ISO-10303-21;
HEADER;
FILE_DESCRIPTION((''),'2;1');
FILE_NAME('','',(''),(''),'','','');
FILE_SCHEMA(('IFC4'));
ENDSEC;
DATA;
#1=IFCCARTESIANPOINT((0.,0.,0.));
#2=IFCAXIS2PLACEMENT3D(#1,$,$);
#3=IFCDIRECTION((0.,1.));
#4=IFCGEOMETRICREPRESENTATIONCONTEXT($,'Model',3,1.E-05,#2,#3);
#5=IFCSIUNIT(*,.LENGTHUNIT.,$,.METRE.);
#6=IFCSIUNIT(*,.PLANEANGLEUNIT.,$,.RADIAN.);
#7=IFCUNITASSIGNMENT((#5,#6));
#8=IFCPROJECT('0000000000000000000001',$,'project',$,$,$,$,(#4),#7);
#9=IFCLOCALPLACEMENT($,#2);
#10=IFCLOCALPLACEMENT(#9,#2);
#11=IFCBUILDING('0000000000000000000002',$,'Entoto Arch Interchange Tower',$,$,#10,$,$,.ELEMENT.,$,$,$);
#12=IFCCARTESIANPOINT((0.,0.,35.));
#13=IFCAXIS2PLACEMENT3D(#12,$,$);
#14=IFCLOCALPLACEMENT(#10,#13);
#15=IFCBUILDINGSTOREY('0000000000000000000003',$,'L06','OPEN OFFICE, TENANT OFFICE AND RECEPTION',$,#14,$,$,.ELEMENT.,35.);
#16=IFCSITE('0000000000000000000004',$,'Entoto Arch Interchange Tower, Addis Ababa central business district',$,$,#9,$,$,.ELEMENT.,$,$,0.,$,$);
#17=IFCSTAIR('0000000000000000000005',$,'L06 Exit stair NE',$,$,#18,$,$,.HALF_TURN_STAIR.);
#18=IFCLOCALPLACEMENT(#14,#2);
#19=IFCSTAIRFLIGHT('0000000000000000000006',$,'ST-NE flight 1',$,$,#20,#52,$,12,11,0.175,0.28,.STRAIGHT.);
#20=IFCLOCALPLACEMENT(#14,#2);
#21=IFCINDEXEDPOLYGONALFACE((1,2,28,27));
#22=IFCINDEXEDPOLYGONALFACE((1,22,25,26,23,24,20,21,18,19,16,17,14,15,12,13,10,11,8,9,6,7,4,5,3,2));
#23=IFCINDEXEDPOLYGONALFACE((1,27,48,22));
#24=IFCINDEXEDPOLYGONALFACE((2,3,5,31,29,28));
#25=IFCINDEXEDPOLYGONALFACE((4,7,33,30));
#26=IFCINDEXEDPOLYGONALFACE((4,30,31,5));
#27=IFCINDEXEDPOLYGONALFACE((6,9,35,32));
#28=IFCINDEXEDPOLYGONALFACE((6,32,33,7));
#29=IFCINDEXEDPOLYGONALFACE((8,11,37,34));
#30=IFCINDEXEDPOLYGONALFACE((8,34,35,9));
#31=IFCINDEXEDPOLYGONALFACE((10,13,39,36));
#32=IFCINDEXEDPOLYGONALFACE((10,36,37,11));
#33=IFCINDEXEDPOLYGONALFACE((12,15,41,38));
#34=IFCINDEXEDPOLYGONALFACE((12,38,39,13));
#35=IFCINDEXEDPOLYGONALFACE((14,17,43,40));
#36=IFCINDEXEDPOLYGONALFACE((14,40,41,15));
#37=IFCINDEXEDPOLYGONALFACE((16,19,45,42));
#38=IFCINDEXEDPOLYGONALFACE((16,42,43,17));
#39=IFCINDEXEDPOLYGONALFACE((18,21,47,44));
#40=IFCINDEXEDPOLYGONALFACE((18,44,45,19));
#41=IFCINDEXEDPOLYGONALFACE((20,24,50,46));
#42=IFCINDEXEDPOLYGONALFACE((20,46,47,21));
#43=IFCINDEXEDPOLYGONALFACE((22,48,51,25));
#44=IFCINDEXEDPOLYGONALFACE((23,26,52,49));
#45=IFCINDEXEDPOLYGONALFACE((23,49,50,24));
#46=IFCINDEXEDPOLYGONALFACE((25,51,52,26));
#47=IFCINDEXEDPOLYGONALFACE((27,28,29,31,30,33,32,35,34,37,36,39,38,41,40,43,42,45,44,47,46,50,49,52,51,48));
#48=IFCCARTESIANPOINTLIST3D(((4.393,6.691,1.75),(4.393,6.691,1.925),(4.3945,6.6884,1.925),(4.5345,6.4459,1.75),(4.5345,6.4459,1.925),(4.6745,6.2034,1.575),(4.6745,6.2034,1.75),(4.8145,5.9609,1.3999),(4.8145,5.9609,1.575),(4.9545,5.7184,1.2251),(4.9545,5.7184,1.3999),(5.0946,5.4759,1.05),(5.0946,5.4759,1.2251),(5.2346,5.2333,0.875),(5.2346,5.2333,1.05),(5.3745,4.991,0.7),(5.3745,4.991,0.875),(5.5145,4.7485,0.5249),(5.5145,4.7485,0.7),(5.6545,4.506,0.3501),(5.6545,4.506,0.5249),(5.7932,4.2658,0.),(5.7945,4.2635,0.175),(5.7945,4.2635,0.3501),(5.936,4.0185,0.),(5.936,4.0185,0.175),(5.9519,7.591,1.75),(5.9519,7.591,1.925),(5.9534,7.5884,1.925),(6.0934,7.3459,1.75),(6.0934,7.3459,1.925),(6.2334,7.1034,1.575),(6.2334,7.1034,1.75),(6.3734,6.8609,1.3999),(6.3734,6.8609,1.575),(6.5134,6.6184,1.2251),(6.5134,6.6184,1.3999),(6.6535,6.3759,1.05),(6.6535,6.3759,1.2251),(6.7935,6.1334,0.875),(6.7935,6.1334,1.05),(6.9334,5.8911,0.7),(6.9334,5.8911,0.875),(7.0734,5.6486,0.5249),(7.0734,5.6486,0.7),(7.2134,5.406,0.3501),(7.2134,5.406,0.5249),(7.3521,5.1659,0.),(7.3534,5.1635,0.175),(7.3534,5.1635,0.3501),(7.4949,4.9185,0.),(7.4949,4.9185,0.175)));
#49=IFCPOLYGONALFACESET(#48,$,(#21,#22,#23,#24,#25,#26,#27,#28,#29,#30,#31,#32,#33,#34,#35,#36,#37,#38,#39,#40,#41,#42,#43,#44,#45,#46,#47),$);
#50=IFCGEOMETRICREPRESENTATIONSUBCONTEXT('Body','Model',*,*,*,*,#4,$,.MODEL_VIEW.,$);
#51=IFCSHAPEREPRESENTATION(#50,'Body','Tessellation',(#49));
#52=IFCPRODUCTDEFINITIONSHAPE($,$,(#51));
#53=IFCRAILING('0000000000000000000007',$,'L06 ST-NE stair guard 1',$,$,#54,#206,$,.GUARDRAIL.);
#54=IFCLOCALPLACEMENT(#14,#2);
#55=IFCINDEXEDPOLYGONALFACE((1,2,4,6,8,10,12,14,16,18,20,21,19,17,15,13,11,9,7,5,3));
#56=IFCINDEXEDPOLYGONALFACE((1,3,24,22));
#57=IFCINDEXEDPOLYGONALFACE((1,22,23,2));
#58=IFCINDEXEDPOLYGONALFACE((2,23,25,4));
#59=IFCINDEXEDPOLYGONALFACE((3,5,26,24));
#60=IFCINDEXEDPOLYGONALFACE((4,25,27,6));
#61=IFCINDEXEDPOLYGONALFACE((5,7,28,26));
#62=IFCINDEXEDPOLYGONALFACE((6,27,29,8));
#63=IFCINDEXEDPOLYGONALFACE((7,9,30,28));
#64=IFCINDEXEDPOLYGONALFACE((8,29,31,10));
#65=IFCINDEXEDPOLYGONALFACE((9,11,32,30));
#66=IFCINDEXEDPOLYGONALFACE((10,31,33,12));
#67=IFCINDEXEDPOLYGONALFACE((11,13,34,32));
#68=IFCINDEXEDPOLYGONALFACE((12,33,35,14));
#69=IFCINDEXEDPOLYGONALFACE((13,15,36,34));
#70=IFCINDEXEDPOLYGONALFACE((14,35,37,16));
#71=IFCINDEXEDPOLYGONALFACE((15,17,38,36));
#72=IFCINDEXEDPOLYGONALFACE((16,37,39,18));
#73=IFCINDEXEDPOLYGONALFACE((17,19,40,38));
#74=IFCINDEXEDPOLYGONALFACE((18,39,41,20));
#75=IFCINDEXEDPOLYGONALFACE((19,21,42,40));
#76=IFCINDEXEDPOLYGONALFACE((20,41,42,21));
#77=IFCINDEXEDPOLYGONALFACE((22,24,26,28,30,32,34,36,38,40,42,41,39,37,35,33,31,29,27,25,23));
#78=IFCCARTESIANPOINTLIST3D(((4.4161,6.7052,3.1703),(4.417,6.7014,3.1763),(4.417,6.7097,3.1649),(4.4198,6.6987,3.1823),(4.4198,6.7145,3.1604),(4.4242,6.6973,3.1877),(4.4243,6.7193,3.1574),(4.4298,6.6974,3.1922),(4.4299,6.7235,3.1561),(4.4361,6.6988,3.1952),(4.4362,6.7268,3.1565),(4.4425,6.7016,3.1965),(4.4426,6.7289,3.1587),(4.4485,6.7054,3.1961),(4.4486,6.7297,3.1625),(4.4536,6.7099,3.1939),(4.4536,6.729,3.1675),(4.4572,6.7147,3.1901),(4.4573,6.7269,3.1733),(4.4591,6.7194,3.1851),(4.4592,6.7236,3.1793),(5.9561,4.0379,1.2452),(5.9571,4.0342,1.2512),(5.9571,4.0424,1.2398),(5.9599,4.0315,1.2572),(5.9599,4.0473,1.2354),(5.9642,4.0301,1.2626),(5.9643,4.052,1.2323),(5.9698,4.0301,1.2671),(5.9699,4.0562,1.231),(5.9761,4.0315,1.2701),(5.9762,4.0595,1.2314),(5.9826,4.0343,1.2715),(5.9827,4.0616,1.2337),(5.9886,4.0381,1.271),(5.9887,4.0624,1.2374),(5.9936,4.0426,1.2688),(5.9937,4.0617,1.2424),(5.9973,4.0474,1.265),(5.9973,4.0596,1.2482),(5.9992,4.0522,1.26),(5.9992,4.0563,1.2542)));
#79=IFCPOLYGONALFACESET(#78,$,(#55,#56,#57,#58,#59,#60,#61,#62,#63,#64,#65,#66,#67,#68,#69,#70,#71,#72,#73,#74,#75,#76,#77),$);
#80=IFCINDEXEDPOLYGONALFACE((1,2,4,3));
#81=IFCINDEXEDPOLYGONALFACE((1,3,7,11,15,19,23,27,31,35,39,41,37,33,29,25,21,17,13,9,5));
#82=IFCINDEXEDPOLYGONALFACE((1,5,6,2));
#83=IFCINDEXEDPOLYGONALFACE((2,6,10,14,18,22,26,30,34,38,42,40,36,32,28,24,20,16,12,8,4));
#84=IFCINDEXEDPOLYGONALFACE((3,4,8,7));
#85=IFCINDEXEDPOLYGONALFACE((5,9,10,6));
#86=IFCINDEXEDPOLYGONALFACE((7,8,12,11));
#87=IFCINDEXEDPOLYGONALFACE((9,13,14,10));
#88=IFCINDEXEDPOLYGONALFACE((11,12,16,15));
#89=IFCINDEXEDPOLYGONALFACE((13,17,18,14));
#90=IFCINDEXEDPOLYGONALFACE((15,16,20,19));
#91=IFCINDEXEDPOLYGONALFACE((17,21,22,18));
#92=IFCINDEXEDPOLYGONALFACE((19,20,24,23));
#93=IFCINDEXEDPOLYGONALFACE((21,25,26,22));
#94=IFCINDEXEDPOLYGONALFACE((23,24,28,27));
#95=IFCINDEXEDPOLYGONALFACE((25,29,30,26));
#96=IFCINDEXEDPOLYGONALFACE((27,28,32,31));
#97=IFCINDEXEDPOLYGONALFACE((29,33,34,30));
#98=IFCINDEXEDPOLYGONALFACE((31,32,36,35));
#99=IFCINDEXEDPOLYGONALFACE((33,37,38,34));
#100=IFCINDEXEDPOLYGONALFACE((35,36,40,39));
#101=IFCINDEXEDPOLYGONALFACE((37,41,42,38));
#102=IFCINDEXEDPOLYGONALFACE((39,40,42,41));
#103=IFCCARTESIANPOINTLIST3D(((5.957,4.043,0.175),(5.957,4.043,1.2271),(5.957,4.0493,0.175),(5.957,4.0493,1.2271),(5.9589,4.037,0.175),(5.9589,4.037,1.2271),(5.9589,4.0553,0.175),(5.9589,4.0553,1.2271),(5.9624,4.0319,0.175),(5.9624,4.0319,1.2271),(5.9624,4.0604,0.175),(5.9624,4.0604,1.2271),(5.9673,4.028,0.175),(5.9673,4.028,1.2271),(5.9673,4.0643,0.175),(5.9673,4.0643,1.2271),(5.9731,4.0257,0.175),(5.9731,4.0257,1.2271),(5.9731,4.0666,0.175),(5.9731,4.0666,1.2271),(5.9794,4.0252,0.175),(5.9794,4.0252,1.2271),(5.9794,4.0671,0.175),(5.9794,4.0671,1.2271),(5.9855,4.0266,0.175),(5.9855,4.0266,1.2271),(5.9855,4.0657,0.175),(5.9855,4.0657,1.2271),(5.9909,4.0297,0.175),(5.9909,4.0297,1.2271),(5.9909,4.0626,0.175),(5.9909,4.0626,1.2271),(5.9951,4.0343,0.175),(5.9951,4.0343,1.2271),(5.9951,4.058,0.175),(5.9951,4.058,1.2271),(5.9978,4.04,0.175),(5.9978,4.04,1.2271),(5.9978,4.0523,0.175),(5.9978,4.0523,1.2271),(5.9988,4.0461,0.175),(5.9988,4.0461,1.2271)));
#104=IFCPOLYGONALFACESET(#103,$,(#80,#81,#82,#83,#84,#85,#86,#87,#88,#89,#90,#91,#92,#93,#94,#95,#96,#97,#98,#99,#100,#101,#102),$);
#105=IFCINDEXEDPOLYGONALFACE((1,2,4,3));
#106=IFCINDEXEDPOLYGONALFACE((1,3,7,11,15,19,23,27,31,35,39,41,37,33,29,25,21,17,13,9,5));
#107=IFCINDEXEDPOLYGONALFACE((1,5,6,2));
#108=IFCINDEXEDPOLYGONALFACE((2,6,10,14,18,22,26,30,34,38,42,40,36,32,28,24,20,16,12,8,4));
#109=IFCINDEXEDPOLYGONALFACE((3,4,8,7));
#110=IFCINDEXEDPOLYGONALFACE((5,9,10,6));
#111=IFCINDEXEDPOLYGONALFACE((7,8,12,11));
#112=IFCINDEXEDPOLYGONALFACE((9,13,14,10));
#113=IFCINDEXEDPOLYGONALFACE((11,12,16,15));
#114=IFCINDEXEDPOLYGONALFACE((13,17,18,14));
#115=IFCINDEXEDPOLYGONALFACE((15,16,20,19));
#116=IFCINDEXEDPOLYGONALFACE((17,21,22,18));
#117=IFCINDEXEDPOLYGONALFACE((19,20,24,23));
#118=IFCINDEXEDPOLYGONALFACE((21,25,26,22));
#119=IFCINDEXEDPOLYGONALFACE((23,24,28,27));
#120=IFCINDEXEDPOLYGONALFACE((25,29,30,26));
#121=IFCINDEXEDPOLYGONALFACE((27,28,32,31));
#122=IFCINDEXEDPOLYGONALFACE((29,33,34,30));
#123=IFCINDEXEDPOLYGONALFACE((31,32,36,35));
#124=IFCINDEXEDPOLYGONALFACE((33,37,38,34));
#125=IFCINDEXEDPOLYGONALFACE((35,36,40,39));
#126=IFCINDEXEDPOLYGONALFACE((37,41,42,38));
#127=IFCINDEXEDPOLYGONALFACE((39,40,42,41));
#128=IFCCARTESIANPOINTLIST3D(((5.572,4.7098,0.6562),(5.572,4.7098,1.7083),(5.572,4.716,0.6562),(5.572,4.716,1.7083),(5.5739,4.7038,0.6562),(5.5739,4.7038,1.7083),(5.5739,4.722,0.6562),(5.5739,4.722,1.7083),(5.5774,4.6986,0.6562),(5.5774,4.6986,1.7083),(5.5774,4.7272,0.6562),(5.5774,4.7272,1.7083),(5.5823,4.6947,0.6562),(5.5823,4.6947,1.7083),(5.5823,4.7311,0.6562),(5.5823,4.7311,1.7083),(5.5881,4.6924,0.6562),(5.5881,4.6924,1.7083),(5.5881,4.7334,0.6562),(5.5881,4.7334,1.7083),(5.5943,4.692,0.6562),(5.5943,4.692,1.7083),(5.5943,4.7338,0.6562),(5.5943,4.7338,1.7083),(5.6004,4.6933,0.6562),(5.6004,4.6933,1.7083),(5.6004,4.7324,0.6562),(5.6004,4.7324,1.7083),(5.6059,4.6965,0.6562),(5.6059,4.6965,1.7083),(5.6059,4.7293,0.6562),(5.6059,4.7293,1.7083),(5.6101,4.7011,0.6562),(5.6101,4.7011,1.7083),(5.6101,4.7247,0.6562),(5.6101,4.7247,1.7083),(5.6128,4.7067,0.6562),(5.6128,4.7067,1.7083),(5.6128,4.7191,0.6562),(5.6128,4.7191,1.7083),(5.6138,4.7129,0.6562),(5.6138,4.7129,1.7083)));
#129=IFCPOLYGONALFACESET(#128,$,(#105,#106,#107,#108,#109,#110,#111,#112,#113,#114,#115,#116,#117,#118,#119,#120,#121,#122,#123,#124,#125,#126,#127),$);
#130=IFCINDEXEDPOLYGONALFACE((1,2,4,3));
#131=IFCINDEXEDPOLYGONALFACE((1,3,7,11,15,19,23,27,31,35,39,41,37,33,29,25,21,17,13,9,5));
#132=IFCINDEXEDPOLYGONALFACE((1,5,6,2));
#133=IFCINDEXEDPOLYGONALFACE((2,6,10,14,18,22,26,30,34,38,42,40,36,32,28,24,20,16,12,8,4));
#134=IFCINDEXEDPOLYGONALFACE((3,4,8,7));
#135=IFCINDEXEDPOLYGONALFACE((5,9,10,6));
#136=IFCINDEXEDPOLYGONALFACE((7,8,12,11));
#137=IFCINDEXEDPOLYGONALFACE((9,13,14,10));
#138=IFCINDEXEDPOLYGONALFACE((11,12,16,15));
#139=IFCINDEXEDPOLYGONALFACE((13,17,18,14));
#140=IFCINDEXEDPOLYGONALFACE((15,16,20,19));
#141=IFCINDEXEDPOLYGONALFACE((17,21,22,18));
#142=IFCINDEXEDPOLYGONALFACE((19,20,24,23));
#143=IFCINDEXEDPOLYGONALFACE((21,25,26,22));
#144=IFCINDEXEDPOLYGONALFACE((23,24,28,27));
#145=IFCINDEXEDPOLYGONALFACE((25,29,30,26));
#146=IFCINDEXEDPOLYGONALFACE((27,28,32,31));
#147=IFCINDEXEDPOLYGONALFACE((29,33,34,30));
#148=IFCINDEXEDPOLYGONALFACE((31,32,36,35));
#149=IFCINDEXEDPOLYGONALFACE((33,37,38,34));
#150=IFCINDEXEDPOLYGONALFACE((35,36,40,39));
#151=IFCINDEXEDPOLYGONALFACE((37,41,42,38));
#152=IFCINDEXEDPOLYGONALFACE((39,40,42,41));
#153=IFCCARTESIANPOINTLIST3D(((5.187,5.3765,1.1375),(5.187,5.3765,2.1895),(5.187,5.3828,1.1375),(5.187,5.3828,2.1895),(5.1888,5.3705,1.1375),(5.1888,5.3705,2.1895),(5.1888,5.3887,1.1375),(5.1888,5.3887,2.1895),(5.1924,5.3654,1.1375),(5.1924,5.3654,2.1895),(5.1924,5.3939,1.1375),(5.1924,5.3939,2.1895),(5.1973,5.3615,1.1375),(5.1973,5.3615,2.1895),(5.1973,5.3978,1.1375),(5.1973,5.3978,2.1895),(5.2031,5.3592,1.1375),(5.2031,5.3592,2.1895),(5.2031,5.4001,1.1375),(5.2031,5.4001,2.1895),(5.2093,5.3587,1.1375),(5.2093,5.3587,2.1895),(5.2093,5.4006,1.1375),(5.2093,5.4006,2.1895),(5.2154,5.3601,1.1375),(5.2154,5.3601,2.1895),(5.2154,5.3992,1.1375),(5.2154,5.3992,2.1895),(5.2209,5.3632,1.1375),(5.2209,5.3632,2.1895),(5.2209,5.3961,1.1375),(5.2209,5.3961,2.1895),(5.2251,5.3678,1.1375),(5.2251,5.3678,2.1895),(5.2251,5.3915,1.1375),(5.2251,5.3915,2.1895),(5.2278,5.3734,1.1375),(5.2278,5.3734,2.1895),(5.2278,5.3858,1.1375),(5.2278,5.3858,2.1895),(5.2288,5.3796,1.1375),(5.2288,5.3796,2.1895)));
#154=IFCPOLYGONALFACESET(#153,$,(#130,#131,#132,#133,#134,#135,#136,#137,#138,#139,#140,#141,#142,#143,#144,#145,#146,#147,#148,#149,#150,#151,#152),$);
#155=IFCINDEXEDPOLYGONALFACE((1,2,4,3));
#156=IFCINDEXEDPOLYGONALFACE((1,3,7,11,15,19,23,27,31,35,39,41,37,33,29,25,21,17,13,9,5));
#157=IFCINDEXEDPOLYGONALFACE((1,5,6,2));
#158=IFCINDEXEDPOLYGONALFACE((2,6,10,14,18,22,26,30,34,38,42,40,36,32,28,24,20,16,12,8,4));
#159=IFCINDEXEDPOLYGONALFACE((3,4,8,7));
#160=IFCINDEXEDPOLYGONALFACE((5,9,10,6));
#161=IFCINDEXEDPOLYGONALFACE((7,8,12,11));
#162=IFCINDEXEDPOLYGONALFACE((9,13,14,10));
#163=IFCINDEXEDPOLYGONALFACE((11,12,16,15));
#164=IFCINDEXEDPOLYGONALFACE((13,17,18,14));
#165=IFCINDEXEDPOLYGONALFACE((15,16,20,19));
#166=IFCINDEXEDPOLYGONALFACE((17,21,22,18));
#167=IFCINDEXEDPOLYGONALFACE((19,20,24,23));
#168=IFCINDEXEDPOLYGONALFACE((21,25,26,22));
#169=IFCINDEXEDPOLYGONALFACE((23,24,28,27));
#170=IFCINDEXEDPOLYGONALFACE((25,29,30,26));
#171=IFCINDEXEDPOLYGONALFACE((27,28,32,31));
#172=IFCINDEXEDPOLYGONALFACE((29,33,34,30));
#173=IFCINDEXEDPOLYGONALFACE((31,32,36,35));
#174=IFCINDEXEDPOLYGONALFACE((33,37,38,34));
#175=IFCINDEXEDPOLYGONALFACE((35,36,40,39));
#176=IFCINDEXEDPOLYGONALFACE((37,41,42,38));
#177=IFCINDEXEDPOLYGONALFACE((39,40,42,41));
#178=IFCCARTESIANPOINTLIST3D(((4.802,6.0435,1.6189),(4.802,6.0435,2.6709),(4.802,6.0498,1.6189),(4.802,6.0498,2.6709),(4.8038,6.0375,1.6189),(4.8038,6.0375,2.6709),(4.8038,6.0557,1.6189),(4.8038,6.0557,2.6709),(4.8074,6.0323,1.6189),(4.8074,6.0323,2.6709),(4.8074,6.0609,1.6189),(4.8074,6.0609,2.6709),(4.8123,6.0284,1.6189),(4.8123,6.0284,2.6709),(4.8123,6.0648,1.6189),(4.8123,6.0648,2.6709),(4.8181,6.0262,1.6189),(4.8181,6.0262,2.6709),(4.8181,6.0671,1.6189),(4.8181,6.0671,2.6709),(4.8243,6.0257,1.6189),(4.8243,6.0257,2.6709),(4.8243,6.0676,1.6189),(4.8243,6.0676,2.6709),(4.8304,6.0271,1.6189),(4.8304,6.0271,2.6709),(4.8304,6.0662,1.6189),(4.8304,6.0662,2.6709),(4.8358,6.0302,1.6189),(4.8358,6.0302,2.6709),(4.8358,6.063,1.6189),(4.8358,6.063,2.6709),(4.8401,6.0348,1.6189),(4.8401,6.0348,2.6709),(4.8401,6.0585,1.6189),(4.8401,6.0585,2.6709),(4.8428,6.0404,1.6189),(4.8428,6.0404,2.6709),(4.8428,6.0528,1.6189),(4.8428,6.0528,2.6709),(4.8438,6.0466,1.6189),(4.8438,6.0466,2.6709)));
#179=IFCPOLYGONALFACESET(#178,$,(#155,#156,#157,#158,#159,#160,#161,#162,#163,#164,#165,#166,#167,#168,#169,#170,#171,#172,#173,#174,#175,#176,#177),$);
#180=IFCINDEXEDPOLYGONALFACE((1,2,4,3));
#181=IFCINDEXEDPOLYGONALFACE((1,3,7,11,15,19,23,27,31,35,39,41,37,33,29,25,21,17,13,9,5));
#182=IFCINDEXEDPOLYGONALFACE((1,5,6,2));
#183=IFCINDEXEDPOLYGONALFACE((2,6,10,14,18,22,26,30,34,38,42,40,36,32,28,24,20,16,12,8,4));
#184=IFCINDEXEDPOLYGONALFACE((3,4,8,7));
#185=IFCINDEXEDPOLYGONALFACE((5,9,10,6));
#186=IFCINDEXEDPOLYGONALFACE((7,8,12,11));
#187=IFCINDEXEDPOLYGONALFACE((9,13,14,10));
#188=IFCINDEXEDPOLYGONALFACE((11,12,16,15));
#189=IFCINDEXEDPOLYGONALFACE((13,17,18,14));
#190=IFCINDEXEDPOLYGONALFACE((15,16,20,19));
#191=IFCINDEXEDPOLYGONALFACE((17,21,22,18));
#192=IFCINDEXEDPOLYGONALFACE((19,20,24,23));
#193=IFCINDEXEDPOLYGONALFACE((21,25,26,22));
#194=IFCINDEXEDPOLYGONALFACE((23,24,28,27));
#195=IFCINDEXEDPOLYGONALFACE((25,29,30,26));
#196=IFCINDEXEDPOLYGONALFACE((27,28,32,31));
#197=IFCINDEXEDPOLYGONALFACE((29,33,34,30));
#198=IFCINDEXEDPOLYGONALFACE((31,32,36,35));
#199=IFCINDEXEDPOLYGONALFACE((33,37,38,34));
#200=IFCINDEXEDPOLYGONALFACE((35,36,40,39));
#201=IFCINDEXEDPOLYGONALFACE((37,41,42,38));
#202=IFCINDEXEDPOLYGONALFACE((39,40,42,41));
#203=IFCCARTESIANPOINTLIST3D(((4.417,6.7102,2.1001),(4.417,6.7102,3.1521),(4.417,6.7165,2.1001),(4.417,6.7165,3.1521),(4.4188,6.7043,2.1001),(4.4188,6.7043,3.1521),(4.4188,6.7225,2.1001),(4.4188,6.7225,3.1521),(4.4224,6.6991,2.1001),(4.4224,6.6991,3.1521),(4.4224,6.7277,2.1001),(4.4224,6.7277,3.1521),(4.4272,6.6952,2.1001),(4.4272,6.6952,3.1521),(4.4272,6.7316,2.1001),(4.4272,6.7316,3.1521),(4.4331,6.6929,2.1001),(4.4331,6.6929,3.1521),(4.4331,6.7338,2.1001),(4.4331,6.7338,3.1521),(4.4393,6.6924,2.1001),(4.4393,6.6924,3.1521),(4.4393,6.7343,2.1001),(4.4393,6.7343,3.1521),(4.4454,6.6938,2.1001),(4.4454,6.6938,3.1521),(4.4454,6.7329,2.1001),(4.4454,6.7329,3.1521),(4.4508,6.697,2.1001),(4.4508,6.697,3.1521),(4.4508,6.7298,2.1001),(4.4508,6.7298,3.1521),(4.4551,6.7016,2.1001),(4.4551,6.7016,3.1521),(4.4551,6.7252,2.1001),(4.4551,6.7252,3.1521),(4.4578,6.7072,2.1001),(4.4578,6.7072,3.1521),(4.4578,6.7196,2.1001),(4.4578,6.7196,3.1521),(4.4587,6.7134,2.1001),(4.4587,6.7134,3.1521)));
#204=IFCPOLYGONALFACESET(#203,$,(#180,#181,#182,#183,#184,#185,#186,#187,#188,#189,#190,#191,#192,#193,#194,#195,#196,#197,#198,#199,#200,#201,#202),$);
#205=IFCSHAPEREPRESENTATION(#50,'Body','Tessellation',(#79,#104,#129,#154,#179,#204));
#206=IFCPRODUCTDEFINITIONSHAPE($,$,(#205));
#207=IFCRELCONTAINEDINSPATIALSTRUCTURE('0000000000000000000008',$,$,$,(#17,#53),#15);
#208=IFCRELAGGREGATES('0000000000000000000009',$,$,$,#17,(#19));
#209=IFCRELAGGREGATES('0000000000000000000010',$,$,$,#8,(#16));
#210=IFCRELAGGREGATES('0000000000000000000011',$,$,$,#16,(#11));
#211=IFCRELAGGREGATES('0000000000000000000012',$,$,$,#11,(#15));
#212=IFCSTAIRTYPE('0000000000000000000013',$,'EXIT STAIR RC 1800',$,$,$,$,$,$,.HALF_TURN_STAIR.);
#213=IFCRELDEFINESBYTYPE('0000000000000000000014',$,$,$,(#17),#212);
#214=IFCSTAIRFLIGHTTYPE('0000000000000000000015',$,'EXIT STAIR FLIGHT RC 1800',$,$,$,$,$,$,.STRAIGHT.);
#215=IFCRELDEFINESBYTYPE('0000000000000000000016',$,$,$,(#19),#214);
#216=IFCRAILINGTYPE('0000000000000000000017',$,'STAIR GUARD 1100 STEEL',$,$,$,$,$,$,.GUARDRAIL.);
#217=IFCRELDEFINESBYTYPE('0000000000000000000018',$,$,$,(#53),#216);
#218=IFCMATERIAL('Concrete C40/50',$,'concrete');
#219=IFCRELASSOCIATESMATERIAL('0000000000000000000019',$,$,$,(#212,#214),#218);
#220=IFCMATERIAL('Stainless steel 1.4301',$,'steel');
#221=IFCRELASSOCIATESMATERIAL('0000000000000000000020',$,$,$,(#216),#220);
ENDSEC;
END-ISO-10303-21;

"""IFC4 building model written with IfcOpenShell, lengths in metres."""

from ifc_helpers import new_model, si_unit, direction, frame, origin, origin_2d, place, context, subcontext, project, spatial, polyline, circle, outline, extrude, material, type_object, element, aggregate, save


model = new_model("IFC4")

# Units and contexts
model_context = context("Model", 3, precision=1e-05, world=origin(), true_north=direction((0.0, 1.0)))
body_context = subcontext(model_context, "Body", "Model", "MODEL_VIEW")
ifc_project = project(units=[si_unit("LENGTHUNIT", "METRE"), si_unit("PLANEANGLEUNIT", "RADIAN")], contexts=[model_context])

# Site, building, storey
site_placement = place(None, origin())
site = spatial("IfcSite", under=ifc_project, at=site_placement, Name="Entoto Arch Interchange Tower, Addis Ababa central business district", CompositionType="ELEMENT", RefElevation=0.0)
building_placement = place(site_placement, origin())
building = spatial("IfcBuilding", under=site, at=building_placement, Name="Entoto Arch Interchange Tower", CompositionType="ELEMENT")
storey_placement = place(building_placement, frame((0.0, 0.0, 35.0)))
storey = spatial("IfcBuildingStorey", under=building, at=storey_placement, Name="L06", Description="OPEN OFFICE, TENANT OFFICE AND RECEPTION", CompositionType="ELEMENT", Elevation=35.0)

# Shared definitions
ifc_material_1 = material(Name="Concrete C40/50", Category="concrete")

# Stair, stair flight
stair_type = type_object("IfcStairType", Name="EXIT STAIR RC 1800", PredefinedType="HALF_TURN_STAIR", material=ifc_material_1)
stair_placement = place(storey_placement, origin())
stair = element("IfcStair", 1, at=stair_placement, inside=storey, type_object=stair_type, Name="L06 Exit stair NE", PredefinedType="HALF_TURN_STAIR")
stair_flight_type = type_object("IfcStairFlightType", Name="EXIT STAIR FLIGHT RC 1800", PredefinedType="STRAIGHT", material=ifc_material_1)
stair_flight_placement = place(storey_placement, frame((6.7139, 4.4709, 0.0), z_axis=(0.0, 0.0, 1.0), x_axis=(-0.5, 0.866025, 0.0)))
stair_flight = element("IfcStairFlight", 2, at=stair_flight_placement, type_object=stair_flight_type, Name="ST-NE flight 1", NumberOfRisers=12, NumberOfTreads=11, PredefinedType="STRAIGHT", RiserHeight=0.175, TreadLength=0.28, context=body_context, shape_type="SweptSolid", body=[
    extrude(outline(polyline([(-0.0029, 0.0), (-0.0029, 0.175), (0.28, 0.175), (0.28, 0.3501), (0.5601, 0.3501), (0.5601, 0.5249), (0.8401, 0.5249), (0.8401, 0.7), (1.1201, 0.7), (1.1201, 0.875), (1.3999, 0.875), (1.3999, 1.05), (1.6799, 1.05), (1.6799, 1.2251), (1.96, 1.2251), (1.96, 1.3999), (2.24, 1.3999), (2.24, 1.575), (2.52, 1.575), (2.52, 1.75), (2.8, 1.75), (2.8, 1.925), (3.0801, 1.925), (3.083, 1.925), (3.083, 1.75), (0.2827, 0.0), (-0.0029, 0.0)])), frame((0.0, 0.8999, 0.0), z_axis=(0.0, -1.0, 0.0), x_axis=(1.0, 0.0, 0.0)), (0.0, 0.0, 1.0), 1.8),
])
aggregate(stair, [stair_flight])

# Railing
ifc_material_2 = material(Name="Stainless steel 1.4301", Category="steel")
railing_type_1 = type_object("IfcRailingType", Name="STAIR GUARD 1100 STEEL", PredefinedType="GUARDRAIL", material=ifc_material_2)
railing_1_placement = place(storey_placement, frame((5.9778, 4.0461, 0.175)))
element("IfcRailing", 3, at=railing_1_placement, inside=storey, type_object=railing_type_1, Name="L06 ST-NE stair guard 1", PredefinedType="GUARDRAIL", context=body_context, shape_type="SweptSolid", body=[
    extrude(circle(Radius=0.0239, at=origin_2d()), frame((0.0, 0.0, 1.0762), z_axis=(-0.424015, 0.734364, 0.530019), x_axis=(-0.86601, -0.500027, 0.0)), (0.0, 0.0, 1.0), 3.6321),
    extrude(circle(Radius=0.021, at=origin_2d()), origin(), (0.0, 0.0, 1.0), 1.052),
    extrude(circle(Radius=0.021, at=origin_2d()), frame((-0.385, 0.6667, 0.4812)), (0.0, 0.0, 1.0), 1.052),
    extrude(circle(Radius=0.021, at=origin_2d()), frame((-0.77, 1.3335, 0.9624)), (0.0, 0.0, 1.0), 1.052),
    extrude(circle(Radius=0.021, at=origin_2d()), frame((-1.155, 2.0005, 1.4438)), (0.0, 0.0, 1.0), 1.052),
    extrude(circle(Radius=0.021, at=origin_2d()), frame((-1.54, 2.6672, 1.925)), (0.0, 0.0, 1.0), 1.052),
])

save(model, "model.ifc")
